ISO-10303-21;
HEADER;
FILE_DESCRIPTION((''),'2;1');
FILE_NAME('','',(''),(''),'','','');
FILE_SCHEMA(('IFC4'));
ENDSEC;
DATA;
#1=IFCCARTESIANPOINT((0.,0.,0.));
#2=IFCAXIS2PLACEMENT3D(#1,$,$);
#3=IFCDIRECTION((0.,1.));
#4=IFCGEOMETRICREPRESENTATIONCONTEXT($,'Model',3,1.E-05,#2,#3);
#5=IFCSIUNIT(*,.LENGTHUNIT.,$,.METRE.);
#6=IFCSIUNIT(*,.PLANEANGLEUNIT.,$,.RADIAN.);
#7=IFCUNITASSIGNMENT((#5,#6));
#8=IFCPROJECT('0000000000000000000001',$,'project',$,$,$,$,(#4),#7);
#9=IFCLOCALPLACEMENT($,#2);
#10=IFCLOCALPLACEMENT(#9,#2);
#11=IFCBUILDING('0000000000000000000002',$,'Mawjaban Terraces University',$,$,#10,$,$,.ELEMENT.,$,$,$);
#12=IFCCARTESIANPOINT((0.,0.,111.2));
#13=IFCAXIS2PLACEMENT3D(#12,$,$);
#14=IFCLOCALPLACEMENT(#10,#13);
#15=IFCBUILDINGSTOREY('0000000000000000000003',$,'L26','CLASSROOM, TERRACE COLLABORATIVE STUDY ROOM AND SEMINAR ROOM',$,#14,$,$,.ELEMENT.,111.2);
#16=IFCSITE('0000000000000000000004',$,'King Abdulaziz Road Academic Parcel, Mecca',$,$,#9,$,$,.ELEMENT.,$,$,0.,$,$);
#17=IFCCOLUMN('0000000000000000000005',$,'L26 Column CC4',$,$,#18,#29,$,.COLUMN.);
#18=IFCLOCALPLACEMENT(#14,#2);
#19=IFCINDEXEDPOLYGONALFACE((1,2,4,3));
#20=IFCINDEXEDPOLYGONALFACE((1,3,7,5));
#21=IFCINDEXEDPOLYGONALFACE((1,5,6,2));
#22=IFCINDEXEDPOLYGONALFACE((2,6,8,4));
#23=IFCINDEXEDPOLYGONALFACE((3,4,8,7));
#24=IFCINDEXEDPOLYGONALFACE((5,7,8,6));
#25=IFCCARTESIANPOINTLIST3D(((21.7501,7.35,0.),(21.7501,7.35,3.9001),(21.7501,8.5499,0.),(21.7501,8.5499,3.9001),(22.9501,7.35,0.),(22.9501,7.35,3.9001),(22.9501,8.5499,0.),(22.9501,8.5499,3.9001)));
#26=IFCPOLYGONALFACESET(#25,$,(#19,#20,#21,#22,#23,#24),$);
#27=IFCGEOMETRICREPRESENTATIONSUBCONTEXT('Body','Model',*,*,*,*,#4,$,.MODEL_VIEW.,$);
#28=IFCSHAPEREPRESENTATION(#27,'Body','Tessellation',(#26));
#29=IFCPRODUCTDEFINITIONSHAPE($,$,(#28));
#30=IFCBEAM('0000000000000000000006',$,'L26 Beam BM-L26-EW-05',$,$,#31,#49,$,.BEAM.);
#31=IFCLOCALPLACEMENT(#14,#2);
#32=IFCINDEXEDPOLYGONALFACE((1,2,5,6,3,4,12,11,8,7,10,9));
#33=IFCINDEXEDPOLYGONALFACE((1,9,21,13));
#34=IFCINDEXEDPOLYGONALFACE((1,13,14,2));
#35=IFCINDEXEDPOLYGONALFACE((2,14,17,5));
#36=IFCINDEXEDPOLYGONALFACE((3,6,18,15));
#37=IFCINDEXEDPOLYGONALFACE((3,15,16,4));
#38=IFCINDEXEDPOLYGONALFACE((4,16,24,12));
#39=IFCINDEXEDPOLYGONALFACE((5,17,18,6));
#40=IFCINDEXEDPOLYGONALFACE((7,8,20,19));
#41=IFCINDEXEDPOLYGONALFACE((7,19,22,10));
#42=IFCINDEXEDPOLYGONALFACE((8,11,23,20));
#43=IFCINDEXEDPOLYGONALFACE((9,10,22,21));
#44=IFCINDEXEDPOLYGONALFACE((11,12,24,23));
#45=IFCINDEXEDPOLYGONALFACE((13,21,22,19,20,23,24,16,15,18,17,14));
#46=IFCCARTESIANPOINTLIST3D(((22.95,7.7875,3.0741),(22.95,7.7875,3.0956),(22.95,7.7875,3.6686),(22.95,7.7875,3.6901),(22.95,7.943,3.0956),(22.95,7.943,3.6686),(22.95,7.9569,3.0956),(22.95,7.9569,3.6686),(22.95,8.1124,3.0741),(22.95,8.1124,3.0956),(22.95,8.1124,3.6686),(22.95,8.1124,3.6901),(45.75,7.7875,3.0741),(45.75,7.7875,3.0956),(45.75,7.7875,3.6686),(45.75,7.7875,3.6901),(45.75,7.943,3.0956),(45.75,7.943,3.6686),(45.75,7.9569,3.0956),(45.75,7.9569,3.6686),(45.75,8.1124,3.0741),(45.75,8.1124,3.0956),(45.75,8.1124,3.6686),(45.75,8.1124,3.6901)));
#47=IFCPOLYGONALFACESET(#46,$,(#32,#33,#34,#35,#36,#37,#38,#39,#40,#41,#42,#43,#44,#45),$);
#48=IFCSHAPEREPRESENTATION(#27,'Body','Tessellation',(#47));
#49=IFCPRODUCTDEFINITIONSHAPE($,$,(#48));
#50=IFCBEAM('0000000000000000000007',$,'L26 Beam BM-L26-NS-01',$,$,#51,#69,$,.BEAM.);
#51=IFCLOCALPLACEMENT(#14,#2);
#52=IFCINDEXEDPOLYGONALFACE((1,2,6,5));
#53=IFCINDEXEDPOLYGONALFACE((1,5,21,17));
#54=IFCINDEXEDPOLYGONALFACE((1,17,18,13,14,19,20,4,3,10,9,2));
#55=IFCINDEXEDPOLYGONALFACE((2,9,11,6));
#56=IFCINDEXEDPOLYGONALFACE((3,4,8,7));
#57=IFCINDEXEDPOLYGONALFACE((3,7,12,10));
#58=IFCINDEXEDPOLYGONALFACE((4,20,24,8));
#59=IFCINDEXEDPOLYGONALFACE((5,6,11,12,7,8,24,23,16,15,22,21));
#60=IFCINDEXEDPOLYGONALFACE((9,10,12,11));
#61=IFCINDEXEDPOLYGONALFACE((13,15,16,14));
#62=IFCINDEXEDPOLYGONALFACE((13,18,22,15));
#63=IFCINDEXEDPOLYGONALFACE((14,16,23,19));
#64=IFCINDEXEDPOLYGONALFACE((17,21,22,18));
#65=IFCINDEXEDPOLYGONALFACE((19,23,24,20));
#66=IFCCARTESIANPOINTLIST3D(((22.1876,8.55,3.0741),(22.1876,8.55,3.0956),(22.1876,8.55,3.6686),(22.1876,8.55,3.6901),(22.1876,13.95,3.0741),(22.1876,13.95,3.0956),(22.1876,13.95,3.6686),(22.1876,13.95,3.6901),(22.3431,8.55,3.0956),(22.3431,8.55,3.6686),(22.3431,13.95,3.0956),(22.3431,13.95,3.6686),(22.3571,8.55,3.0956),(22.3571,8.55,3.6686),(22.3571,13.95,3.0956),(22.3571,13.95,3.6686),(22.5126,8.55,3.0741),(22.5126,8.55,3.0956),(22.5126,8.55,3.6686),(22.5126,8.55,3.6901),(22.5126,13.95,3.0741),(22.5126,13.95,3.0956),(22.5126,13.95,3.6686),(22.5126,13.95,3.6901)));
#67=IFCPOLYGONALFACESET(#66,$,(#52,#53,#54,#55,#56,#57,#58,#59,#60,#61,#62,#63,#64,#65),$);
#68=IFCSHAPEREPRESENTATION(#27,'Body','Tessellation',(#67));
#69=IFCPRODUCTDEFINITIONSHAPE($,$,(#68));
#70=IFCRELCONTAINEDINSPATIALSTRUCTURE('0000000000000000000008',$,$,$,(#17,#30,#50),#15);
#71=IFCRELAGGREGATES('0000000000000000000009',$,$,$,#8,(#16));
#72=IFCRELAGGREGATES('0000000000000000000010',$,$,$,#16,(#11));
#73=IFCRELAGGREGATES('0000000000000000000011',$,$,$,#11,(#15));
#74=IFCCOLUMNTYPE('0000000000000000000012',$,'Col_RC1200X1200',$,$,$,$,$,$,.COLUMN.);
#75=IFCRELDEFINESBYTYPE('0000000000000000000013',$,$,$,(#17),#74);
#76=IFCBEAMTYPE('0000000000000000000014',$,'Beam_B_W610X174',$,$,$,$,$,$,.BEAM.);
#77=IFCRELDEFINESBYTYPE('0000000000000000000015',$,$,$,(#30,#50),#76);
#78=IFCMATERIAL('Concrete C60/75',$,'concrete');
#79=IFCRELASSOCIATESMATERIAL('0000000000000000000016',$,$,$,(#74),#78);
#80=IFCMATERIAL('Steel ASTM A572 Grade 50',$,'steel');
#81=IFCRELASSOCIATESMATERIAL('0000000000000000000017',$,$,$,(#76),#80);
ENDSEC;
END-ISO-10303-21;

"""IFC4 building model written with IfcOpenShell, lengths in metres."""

from ifc_helpers import new_model, si_unit, direction, frame, origin, origin_2d, place, context, subcontext, project, spatial, rectangle, i_section, extrude, material, material_profile, profile_set, type_object, element, save


model = new_model("IFC4")

# Units and contexts
model_context = context("Model", 3, precision=1e-05, world=origin(), true_north=direction((0.0, 1.0)))
body_context = subcontext(model_context, "Body", "Model", "MODEL_VIEW")
ifc_project = project(units=[si_unit("LENGTHUNIT", "METRE"), si_unit("PLANEANGLEUNIT", "RADIAN")], contexts=[model_context])

# Site, building, storey
site_placement = place(None, origin())
site = spatial("IfcSite", under=ifc_project, at=site_placement, Name="King Abdulaziz Road Academic Parcel, Mecca", CompositionType="ELEMENT", RefElevation=0.0)
building_placement = place(site_placement, origin())
building = spatial("IfcBuilding", under=site, at=building_placement, Name="Mawjaban Terraces University", CompositionType="ELEMENT")
storey_placement = place(building_placement, frame((0.0, 0.0, 111.2)))
storey = spatial("IfcBuildingStorey", under=building, at=storey_placement, Name="L26", Description="CLASSROOM, TERRACE COLLABORATIVE STUDY ROOM AND SEMINAR ROOM", CompositionType="ELEMENT", Elevation=111.2)

# Column
ifc_material_1 = material(Name="Concrete C60/75", Category="concrete")
ifc_material_profile_1 = material_profile(ifc_material_1, rectangle(XDim=1.2, YDim=1.2, at=origin_2d()), Name="RC1200X1200")
ifc_profile_set_1 = profile_set([ifc_material_profile_1], Name="Concrete C60/75")
column_type = type_object("IfcColumnType", Name="Col_RC1200X1200", PredefinedType="COLUMN", material=ifc_profile_set_1)
column_placement = place(storey_placement, frame((22.3501, 7.95, 0.0), z_axis=(0.0, 0.0, 1.0), x_axis=(1.0, 0.0, 0.0)))
element("IfcColumn", 1, at=column_placement, inside=storey, type_object=column_type, Name="L26 Column CC4", PredefinedType="COLUMN", context=body_context, shape_type="SweptSolid", body=[
    extrude(rectangle(XDim=1.2, YDim=1.2, at=origin_2d()), origin(), (0.0, 0.0, 1.0), 3.9001),
])

# Beams
ifc_material_2 = material(Name="Steel ASTM A572 Grade 50", Category="steel")
ifc_material_profile_2 = material_profile(ifc_material_2, i_section(OverallWidth=0.325, OverallDepth=0.616, WebThickness=0.0139, FlangeThickness=0.0215, at=origin_2d()), Name="W610X174")
ifc_profile_set_2 = profile_set([ifc_material_profile_2], Name="Steel ASTM A572 Grade 50")
beam_type = type_object("IfcBeamType", Name="Beam_B_W610X174", PredefinedType="BEAM", material=ifc_profile_set_2)
beam_1_placement = place(storey_placement, frame((22.95, 7.95, 3.3821), z_axis=(1.0, 0.0, 0.0), x_axis=(0.0, 1.0, 0.0)))
element("IfcBeam", 2, at=beam_1_placement, inside=storey, type_object=beam_type, Name="L26 Beam BM-L26-EW-05", PredefinedType="BEAM", context=body_context, shape_type="SweptSolid", body=[
    extrude(i_section(OverallWidth=0.325, OverallDepth=0.616, WebThickness=0.0139, FlangeThickness=0.0215, at=origin_2d()), origin(), (0.0, 0.0, 1.0), 22.8),
])
beam_2_placement = place(storey_placement, frame((22.3501, 8.55, 3.3821), z_axis=(0.0, 1.0, 0.0), x_axis=(-1.0, 0.0, 0.0)))
element("IfcBeam", 3, at=beam_2_placement, inside=storey, type_object=beam_type, Name="L26 Beam BM-L26-NS-01", PredefinedType="BEAM", context=body_context, shape_type="SweptSolid", body=[
    extrude(i_section(OverallWidth=0.325, OverallDepth=0.616, WebThickness=0.0139, FlangeThickness=0.0215, at=origin_2d()), origin(), (0.0, 0.0, 1.0), 5.3999),
])

save(model, "model.ifc")
